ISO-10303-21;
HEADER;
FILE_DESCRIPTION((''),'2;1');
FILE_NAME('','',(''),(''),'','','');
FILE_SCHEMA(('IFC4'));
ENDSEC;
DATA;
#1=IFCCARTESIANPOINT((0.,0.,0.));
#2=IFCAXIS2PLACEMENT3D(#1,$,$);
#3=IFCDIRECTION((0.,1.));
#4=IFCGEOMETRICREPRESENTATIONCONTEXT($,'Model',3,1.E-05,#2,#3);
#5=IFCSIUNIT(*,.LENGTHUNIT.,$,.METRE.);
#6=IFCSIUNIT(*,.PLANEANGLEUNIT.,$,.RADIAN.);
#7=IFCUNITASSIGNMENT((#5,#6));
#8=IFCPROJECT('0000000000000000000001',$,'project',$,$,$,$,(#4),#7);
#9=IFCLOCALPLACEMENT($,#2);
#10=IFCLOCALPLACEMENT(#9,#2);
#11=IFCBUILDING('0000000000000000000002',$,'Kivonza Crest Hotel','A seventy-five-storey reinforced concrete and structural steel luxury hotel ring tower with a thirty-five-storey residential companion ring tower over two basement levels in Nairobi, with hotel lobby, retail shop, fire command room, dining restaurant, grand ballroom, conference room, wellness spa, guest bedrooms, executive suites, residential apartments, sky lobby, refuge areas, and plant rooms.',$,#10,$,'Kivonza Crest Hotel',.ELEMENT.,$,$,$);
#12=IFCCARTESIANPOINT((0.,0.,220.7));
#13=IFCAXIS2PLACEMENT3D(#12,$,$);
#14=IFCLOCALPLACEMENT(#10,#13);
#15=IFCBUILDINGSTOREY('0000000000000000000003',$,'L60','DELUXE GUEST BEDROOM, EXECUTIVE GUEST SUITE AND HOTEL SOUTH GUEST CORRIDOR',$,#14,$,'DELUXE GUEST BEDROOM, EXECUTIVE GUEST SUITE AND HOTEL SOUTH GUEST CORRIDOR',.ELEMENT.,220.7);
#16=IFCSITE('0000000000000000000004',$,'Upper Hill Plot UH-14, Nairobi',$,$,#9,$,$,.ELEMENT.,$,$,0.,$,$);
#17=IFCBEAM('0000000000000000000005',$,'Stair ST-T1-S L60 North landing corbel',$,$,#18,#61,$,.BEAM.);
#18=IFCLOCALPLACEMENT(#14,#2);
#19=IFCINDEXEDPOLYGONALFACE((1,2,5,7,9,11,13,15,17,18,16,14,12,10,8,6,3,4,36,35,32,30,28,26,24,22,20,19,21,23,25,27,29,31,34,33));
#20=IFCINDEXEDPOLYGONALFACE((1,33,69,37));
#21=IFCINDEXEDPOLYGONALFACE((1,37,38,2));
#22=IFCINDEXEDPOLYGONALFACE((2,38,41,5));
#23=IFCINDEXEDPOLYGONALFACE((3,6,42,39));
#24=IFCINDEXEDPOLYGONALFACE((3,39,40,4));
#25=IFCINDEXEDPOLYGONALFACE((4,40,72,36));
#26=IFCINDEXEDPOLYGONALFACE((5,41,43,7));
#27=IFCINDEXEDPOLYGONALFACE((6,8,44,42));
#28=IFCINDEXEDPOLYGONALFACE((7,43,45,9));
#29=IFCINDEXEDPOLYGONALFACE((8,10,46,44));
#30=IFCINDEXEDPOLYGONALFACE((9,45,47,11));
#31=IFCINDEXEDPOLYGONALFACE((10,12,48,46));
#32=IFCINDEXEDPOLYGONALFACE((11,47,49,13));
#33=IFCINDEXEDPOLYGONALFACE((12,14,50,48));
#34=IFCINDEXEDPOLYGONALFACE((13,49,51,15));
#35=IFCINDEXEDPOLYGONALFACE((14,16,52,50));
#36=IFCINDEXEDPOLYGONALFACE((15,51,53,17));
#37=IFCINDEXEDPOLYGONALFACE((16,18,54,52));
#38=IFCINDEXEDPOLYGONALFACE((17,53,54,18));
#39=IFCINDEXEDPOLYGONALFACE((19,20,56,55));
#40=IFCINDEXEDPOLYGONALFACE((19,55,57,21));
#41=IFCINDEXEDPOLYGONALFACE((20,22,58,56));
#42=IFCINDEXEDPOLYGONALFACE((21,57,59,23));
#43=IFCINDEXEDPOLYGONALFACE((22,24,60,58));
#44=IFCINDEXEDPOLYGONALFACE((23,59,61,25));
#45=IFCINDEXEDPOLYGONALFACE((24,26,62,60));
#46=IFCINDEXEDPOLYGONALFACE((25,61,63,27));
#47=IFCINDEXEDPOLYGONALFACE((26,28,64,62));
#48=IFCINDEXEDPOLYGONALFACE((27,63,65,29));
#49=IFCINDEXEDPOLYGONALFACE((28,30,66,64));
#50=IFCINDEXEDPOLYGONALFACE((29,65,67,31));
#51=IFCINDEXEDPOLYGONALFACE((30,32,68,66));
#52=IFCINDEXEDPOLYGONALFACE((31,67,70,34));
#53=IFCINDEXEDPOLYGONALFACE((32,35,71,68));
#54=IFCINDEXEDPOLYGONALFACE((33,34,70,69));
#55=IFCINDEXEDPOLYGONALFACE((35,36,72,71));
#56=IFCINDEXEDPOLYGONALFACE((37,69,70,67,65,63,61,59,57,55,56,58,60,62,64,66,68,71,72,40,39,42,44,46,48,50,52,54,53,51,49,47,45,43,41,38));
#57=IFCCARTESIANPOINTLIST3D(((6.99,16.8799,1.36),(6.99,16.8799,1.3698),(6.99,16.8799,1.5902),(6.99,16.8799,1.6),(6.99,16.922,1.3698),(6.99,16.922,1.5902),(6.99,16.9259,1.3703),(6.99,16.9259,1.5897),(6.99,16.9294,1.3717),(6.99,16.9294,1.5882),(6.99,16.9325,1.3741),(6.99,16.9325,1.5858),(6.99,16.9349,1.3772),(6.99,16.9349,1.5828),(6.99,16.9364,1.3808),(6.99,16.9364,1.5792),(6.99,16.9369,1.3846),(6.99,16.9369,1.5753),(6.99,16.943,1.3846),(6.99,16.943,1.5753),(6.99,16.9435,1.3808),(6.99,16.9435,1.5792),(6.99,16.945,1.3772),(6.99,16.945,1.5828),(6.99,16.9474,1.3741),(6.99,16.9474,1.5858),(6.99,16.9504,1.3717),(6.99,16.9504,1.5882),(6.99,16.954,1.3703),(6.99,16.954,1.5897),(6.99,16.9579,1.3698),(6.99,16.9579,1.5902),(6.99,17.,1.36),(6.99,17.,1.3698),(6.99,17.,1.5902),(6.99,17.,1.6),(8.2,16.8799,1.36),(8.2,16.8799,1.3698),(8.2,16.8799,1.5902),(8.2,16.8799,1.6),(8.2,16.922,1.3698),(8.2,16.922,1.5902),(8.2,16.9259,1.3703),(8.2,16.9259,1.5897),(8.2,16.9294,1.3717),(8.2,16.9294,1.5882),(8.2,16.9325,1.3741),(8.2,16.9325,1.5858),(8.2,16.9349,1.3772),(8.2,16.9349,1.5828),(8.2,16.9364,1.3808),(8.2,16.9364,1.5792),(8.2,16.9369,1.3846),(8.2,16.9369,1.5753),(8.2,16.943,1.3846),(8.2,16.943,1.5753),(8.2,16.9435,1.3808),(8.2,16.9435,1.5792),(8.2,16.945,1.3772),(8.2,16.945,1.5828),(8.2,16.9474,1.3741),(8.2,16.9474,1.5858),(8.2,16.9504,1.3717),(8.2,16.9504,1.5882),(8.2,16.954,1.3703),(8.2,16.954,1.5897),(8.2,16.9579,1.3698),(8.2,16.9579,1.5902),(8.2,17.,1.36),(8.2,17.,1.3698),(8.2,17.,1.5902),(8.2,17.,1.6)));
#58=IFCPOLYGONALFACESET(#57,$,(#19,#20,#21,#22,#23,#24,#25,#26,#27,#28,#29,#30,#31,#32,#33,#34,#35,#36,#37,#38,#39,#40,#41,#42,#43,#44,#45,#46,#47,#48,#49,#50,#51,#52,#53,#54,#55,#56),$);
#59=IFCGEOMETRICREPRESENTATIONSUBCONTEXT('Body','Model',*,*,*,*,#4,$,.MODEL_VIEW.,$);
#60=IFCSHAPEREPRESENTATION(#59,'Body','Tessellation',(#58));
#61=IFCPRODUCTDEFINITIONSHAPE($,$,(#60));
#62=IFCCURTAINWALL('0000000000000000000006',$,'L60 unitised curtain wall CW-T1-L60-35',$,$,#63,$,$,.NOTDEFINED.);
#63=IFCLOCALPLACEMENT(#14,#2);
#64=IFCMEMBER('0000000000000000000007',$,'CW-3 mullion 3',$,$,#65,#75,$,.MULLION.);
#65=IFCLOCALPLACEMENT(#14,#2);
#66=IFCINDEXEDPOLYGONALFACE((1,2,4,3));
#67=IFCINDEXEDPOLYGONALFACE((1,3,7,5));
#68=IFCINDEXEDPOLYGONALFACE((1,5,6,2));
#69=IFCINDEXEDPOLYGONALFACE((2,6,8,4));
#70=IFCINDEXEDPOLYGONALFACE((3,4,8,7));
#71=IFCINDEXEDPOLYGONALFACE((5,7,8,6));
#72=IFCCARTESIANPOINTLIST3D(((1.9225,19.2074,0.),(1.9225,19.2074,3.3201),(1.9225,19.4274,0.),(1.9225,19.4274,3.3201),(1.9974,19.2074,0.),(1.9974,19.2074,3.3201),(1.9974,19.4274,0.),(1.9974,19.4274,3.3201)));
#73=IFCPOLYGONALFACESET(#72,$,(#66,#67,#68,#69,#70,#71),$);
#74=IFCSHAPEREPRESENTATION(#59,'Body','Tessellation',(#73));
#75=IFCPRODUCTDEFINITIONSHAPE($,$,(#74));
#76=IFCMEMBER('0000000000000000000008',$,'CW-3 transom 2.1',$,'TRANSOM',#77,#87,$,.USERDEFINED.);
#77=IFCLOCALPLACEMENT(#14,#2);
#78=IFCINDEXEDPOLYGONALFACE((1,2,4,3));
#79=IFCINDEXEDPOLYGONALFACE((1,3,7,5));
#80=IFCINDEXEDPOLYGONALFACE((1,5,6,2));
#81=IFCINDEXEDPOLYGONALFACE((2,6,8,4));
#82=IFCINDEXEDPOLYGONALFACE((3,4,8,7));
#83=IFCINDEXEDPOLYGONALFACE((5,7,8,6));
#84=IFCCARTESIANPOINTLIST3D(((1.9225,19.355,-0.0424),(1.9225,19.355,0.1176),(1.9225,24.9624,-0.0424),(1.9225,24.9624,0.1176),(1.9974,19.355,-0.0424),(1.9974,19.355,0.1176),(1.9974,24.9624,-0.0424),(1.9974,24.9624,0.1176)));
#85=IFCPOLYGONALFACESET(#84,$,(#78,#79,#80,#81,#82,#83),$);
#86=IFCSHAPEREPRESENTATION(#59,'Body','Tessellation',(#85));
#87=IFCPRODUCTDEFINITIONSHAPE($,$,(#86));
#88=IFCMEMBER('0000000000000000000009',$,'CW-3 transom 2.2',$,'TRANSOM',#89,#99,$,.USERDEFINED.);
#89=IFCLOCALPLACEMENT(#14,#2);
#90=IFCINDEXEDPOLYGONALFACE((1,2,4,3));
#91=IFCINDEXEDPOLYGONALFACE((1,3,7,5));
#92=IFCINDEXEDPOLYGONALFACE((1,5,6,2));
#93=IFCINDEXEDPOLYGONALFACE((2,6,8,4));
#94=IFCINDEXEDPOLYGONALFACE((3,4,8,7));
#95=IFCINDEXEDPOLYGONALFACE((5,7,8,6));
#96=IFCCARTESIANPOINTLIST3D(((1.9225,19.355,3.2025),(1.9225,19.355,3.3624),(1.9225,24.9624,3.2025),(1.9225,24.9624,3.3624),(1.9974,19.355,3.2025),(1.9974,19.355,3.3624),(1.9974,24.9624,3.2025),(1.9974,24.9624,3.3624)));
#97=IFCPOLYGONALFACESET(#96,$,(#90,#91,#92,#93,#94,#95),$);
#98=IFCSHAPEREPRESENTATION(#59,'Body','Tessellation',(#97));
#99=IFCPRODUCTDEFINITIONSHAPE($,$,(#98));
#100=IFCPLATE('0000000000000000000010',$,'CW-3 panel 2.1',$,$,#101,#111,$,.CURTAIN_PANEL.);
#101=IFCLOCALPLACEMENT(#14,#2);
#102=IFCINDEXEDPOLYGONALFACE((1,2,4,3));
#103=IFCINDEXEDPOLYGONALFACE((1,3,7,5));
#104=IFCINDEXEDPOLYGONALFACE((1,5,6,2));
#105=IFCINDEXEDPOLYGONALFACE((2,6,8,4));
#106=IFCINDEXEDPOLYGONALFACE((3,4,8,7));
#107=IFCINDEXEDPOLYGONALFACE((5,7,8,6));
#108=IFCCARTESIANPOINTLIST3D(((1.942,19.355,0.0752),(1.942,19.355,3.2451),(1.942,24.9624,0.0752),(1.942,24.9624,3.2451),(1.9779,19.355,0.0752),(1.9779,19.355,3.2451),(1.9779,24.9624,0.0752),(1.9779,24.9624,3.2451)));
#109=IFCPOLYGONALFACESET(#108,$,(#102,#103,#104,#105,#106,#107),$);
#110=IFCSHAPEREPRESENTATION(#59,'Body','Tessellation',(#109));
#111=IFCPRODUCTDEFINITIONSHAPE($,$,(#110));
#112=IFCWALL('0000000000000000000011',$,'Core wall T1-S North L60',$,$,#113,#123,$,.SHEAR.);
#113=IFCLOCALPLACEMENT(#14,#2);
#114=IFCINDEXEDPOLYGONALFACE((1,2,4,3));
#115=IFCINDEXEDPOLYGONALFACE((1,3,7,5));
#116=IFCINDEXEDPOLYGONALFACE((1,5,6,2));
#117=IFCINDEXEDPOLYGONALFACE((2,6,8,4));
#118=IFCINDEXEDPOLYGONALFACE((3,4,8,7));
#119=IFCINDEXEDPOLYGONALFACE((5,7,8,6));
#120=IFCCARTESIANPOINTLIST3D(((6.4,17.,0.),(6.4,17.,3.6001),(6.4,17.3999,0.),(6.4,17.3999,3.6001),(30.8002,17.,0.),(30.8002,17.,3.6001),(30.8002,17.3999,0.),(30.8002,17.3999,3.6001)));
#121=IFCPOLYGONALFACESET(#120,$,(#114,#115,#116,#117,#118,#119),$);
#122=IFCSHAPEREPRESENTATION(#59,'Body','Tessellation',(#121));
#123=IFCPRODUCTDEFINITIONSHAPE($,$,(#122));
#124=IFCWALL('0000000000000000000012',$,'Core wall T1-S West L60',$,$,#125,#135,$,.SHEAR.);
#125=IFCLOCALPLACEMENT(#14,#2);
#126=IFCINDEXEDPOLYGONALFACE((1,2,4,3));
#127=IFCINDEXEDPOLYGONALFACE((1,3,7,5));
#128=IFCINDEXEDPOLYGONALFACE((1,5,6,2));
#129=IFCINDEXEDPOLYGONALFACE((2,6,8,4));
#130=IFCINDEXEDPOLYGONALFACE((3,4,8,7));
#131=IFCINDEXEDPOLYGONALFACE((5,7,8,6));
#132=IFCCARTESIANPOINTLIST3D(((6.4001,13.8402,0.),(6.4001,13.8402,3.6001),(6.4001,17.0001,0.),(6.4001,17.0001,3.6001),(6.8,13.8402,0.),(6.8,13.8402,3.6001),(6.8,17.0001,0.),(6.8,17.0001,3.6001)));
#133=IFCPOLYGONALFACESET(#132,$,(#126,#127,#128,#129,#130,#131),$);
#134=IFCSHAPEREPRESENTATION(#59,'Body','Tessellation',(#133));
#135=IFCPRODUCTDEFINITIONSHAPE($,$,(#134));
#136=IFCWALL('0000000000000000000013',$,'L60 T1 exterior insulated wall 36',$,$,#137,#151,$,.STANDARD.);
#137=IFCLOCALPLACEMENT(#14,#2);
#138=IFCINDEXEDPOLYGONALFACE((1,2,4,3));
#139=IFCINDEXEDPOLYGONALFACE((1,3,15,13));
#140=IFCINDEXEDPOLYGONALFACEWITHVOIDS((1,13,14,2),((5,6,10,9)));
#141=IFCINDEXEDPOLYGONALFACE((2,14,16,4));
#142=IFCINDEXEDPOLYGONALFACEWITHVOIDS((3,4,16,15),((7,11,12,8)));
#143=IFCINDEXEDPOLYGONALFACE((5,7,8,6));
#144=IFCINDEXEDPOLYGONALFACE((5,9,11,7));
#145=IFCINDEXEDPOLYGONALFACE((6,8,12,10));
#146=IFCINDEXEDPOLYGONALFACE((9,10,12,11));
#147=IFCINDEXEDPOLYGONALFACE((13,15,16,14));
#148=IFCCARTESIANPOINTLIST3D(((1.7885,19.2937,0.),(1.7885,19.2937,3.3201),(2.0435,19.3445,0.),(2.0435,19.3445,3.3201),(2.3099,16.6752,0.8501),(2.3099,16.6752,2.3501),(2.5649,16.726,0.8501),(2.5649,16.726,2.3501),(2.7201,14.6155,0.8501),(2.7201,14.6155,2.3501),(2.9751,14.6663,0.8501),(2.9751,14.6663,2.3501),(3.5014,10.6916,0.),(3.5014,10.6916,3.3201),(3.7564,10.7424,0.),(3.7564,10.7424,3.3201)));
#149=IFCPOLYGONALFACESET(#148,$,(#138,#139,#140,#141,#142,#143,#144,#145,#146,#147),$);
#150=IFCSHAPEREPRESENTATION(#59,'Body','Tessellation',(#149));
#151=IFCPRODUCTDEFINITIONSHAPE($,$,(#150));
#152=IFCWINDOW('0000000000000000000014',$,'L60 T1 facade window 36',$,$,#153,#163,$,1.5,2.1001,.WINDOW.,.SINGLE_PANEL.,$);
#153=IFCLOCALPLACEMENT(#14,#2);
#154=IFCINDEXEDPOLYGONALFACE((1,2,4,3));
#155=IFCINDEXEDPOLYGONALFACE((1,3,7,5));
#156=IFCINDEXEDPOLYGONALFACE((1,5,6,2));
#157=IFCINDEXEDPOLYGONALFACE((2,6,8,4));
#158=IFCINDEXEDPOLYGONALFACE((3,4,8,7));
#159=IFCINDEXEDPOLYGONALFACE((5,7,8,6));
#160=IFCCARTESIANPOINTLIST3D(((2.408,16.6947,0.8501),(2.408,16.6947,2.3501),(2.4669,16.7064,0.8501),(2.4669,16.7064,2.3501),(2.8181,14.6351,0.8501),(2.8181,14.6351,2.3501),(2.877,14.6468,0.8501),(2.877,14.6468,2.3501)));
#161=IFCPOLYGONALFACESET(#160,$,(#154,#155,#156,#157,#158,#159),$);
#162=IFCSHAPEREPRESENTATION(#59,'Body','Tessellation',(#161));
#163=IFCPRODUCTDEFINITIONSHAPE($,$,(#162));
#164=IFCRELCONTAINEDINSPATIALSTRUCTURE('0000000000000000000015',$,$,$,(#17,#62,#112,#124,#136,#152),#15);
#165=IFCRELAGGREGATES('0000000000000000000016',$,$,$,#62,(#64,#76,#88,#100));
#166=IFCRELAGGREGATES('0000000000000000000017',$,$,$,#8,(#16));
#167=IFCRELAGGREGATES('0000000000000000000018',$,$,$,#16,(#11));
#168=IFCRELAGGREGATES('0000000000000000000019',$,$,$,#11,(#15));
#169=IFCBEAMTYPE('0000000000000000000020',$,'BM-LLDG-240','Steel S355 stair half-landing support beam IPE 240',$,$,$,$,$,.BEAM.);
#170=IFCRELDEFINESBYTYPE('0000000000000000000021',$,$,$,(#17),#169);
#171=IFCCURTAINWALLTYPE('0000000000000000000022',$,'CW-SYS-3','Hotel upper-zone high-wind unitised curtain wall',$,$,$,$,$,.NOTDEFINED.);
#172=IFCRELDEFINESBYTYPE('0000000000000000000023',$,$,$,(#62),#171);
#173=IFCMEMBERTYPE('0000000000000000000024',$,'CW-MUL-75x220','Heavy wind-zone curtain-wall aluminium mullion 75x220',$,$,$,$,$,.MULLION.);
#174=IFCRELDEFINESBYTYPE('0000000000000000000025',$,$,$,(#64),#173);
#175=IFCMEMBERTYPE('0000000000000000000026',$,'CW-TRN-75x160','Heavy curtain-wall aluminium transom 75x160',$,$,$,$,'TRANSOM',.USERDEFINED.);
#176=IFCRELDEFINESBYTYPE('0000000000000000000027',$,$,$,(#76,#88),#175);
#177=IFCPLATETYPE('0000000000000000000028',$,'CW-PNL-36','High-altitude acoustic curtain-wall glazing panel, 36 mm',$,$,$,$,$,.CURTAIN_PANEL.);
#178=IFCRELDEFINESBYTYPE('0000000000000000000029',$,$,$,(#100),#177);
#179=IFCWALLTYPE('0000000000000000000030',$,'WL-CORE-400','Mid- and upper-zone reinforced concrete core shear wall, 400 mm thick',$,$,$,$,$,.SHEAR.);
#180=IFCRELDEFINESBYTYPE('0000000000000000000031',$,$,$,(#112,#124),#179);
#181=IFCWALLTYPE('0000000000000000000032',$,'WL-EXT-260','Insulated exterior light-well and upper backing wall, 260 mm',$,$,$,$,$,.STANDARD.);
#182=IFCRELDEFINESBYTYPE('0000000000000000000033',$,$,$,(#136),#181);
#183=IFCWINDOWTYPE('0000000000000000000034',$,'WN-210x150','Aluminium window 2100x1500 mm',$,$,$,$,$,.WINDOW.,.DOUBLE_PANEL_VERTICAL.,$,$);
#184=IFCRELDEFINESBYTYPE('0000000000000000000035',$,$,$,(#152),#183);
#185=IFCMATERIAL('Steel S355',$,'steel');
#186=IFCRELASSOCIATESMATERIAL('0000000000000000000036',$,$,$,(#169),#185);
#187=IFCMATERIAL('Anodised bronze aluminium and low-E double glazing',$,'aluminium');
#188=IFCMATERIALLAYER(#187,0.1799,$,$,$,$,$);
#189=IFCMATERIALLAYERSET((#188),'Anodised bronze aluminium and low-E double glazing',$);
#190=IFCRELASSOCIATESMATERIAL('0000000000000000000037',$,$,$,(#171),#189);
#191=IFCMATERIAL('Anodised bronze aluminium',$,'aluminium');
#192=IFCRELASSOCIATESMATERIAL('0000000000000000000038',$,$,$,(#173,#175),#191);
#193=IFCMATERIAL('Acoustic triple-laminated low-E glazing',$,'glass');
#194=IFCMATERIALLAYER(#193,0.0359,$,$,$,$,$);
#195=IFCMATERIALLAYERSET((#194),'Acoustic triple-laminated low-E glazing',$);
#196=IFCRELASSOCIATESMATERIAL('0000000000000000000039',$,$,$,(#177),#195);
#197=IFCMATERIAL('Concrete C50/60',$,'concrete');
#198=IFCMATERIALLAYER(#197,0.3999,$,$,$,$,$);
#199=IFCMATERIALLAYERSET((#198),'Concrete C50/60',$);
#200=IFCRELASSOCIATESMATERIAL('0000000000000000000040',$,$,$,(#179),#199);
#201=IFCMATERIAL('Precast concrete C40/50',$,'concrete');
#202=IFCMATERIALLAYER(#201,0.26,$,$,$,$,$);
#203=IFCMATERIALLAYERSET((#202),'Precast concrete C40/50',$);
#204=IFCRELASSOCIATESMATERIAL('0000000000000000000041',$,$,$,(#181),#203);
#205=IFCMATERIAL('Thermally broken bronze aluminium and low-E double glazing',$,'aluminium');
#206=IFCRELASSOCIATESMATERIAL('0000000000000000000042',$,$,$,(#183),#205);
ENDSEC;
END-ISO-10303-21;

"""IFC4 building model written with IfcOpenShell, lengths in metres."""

from ifc_helpers import new_model, si_unit, direction, frame, frame_2d, origin, origin_2d, place, context, subcontext, project, spatial, rectangle, i_section, extrude, material, layer, layer_set, material_profile, profile_set, type_object, element, fill, aggregate, save


model = new_model("IFC4")

# Units and contexts
model_context = context("Model", 3, precision=1e-05, world=origin(), true_north=direction((0.0, 1.0)))
body_context = subcontext(model_context, "Body", "Model", "MODEL_VIEW")
ifc_project = project(units=[si_unit("LENGTHUNIT", "METRE"), si_unit("PLANEANGLEUNIT", "RADIAN")], contexts=[model_context])

# Site, building, storey
site_placement = place(None, origin())
site = spatial("IfcSite", under=ifc_project, at=site_placement, Name="Upper Hill Plot UH-14, Nairobi", CompositionType="ELEMENT", RefElevation=0.0)
building_placement = place(site_placement, origin())
building = spatial("IfcBuilding", under=site, at=building_placement, Name="Kivonza Crest Hotel", Description="A seventy-five-storey reinforced concrete and structural steel luxury hotel ring tower with a thirty-five-storey residential companion ring tower over two basement levels in Nairobi, with hotel lobby, retail shop, fire command room, dining restaurant, grand ballroom, conference room, wellness spa, guest bedrooms, executive suites, residential apartments, sky lobby, refuge areas, and plant rooms.", LongName="Kivonza Crest Hotel", CompositionType="ELEMENT")
storey_placement = place(building_placement, frame((0.0, 0.0, 220.7)))
storey = spatial("IfcBuildingStorey", under=building, at=storey_placement, Name="L60", Description="DELUXE GUEST BEDROOM, EXECUTIVE GUEST SUITE AND HOTEL SOUTH GUEST CORRIDOR", LongName="DELUXE GUEST BEDROOM, EXECUTIVE GUEST SUITE AND HOTEL SOUTH GUEST CORRIDOR", CompositionType="ELEMENT", Elevation=220.7)

# Shared definitions
ifc_material_1 = material(Name="Concrete C50/60", Category="concrete")

# Beam
ifc_material_2 = material(Name="Steel S355", Category="steel")
ifc_material_profile_1 = material_profile(ifc_material_2, i_section(OverallWidth=0.1201, OverallDepth=0.24, WebThickness=0.0061, FlangeThickness=0.0098, FilletRadius=0.0149, at=origin_2d()), Name="IPE 240")
ifc_profile_set_1 = profile_set([ifc_material_profile_1], Name="Steel S355")
beam_type_1 = type_object("IfcBeamType", Name="BM-LLDG-240", Description="Steel S355 stair half-landing support beam IPE 240", PredefinedType="BEAM", material=ifc_profile_set_1)
for number, where, z_axis, x_axis, name in (
    (1, (6.99, 16.9399, 1.48), (1.0, 0.0, 0.0), (0.0, 1.0, 0.0), "Stair ST-T1-S L60 North landing corbel"),
):
    element("IfcBeam", number, at=place(storey_placement, frame(where, z_axis=z_axis, x_axis=x_axis)), inside=storey, type_object=beam_type_1, Name=name, PredefinedType="BEAM", context=body_context, shape_type="SweptSolid", body=[
        extrude(i_section(OverallWidth=0.1201, OverallDepth=0.24, WebThickness=0.0061, FlangeThickness=0.0098, FilletRadius=0.0149, at=origin_2d()), origin(), (0.0, 0.0, 1.0), 1.21),
    ])

# Curtain wall, members, plate
ifc_material_3 = material(Name="Anodised bronze aluminium and low-E double glazing", Category="aluminium")
ifc_layer_1 = layer(ifc_material_3, 0.1799)
ifc_layer_set_1 = layer_set([ifc_layer_1], Name="Anodised bronze aluminium and low-E double glazing")
curtain_wall_type = type_object("IfcCurtainWallType", Name="CW-SYS-3", Description="Hotel upper-zone high-wind unitised curtain wall", PredefinedType="NOTDEFINED", material=ifc_layer_set_1)
curtain_wall_placement = place(storey_placement, origin())
curtain_wall = element("IfcCurtainWall", 2, at=curtain_wall_placement, inside=storey, type_object=curtain_wall_type, Name="L60 unitised curtain wall CW-T1-L60-35", PredefinedType="NOTDEFINED")
ifc_material_4 = material(Name="Anodised bronze aluminium", Category="aluminium")
ifc_material_profile_2 = material_profile(ifc_material_4, rectangle(XDim=0.075, YDim=0.22, at=origin_2d()), Name="CW-M 75x220")
ifc_profile_set_2 = profile_set([ifc_material_profile_2], Name="Anodised bronze aluminium")
member_type_1 = type_object("IfcMemberType", Name="CW-MUL-75x220", Description="Heavy wind-zone curtain-wall aluminium mullion 75x220", PredefinedType="MULLION", material=ifc_profile_set_2)
member_1_placement = place(storey_placement, frame((1.96, 19.3174, 0.0), z_axis=(0.0, 0.0, 1.0), x_axis=(1.0, 0.0, 0.0)))
member_1 = element("IfcMember", 3, at=member_1_placement, type_object=member_type_1, Name="CW-3 mullion 3", PredefinedType="MULLION", context=body_context, shape_type="SweptSolid", body=[
    extrude(rectangle(XDim=0.075, YDim=0.22, at=origin_2d()), origin(), (0.0, 0.0, 1.0), 3.3201),
])
ifc_material_profile_3 = material_profile(ifc_material_4, rectangle(XDim=0.075, YDim=0.1599, at=origin_2d()), Name="CW-T 75x160")
ifc_profile_set_3 = profile_set([ifc_material_profile_3], Name="Anodised bronze aluminium")
member_type_2 = type_object("IfcMemberType", Name="CW-TRN-75x160", Description="Heavy curtain-wall aluminium transom 75x160", ElementType="TRANSOM", PredefinedType="USERDEFINED", material=ifc_profile_set_3)
member_2_placement = place(storey_placement, frame((1.96, 24.9624, 0.0376), z_axis=(0.0, -1.0, 0.0), x_axis=(1.0, 0.0, 0.0)))
member_2 = element("IfcMember", 4, at=member_2_placement, type_object=member_type_2, Name="CW-3 transom 2.1", ObjectType="TRANSOM", PredefinedType="USERDEFINED", context=body_context, shape_type="SweptSolid", body=[
    extrude(rectangle(XDim=0.075, YDim=0.1599, at=origin_2d()), origin(), (0.0, 0.0, 1.0), 5.6074),
])
member_3_placement = place(storey_placement, frame((1.96, 24.9624, 3.2825), z_axis=(0.0, -1.0, 0.0), x_axis=(1.0, 0.0, 0.0)))
member_3 = element("IfcMember", 5, at=member_3_placement, type_object=member_type_2, Name="CW-3 transom 2.2", ObjectType="TRANSOM", PredefinedType="USERDEFINED", context=body_context, shape_type="SweptSolid", body=[
    extrude(rectangle(XDim=0.075, YDim=0.1599, at=origin_2d()), origin(), (0.0, 0.0, 1.0), 5.6074),
])
ifc_material_5 = material(Name="Acoustic triple-laminated low-E glazing", Category="glass")
ifc_layer_2 = layer(ifc_material_5, 0.0359)
ifc_layer_set_2 = layer_set([ifc_layer_2], Name="Acoustic triple-laminated low-E glazing")
plate_type = type_object("IfcPlateType", Name="CW-PNL-36", Description="High-altitude acoustic curtain-wall glazing panel, 36 mm", PredefinedType="CURTAIN_PANEL", material=ifc_layer_set_2)
plate_placement = place(storey_placement, frame((1.96, 22.1587, 0.0752), z_axis=(0.0, 0.0, 1.0), x_axis=(0.0, -1.0, 0.0)))
plate = element("IfcPlate", 6, at=plate_placement, type_object=plate_type, Name="CW-3 panel 2.1", PredefinedType="CURTAIN_PANEL", context=body_context, shape_type="SweptSolid", body=[
    extrude(rectangle(XDim=5.6074, YDim=0.0359, at=origin_2d()), origin(), (0.0, 0.0, 1.0), 3.1699),
])
aggregate(curtain_wall, [member_1, member_2, member_3, plate])

# Walls
ifc_layer_3 = layer(ifc_material_1, 0.3999)
ifc_layer_set_3 = layer_set([ifc_layer_3], Name="Concrete C50/60")
wall_type_1 = type_object("IfcWallType", Name="WL-CORE-400", Description="Mid- and upper-zone reinforced concrete core shear wall, 400 mm thick", PredefinedType="SHEAR", material=ifc_layer_set_3)
wall_1_placement = place(storey_placement, frame((6.3999, 17.2, 0.0), z_axis=(0.0, 0.0, 1.0), x_axis=(1.0, 0.0, 0.0)))
element("IfcWall", 7, at=wall_1_placement, inside=storey, type_object=wall_type_1, Name="Core wall T1-S North L60", PredefinedType="SHEAR", context=body_context, shape_type="SweptSolid", body=[
    extrude(rectangle(XDim=24.4001, YDim=0.3999, at=frame_2d((12.2002, 0.0))), origin(), (0.0, 0.0, 1.0), 3.6001),
])
wall_2_placement = place(storey_placement, frame((6.6001, 13.8401, 0.0), z_axis=(0.0, 0.0, 1.0), x_axis=(0.0, 1.0, 0.0)))
element("IfcWall", 8, at=wall_2_placement, inside=storey, type_object=wall_type_1, Name="Core wall T1-S West L60", PredefinedType="SHEAR", context=body_context, shape_type="SweptSolid", body=[
    extrude(rectangle(XDim=3.1599, YDim=0.3999, at=frame_2d((1.5801, 0.0))), origin(), (0.0, 0.0, 1.0), 3.6001),
])

# Wall, opening, window
ifc_material_6 = material(Name="Precast concrete C40/50", Category="concrete")
ifc_layer_4 = layer(ifc_material_6, 0.26)
ifc_layer_set_4 = layer_set([ifc_layer_4], Name="Precast concrete C40/50")
wall_type_2 = type_object("IfcWallType", Name="WL-EXT-260", Description="Insulated exterior light-well and upper backing wall, 260 mm", PredefinedType="STANDARD", material=ifc_layer_set_4)
wall_3_placement = place(storey_placement, frame((1.916, 19.3191, 0.0), z_axis=(0.0, 0.0, 1.0), x_axis=(0.195292, -0.980745, 0.0)))
wall_3 = element("IfcWall", 9, at=wall_3_placement, inside=storey, type_object=wall_type_2, Name="L60 T1 exterior insulated wall 36", PredefinedType="STANDARD", context=body_context, shape_type="SweptSolid", body=[
    extrude(rectangle(XDim=8.771, YDim=0.26, at=frame_2d((4.3855, 0.0))), origin(), (0.0, 0.0, 1.0), 3.3201),
])
opening_1_placement = place(wall_3_placement, frame((2.6699, 0.0, 0.8501)))
opening_1 = element("IfcOpeningElement", 10, at=opening_1_placement, cuts=wall_3, PredefinedType="OPENING", context=body_context, shape_type="SweptSolid", body=[
    extrude(rectangle(XDim=2.1001, YDim=1.5, at=frame_2d((1.05, 0.75))), frame((0.0, 0.1401, 0.0), z_axis=(0.0, -1.0, 0.0), x_axis=(1.0, 0.0, 0.0)), (0.0, 0.0, 1.0), 0.28),
])
ifc_material_7 = material(Name="Thermally broken bronze aluminium and low-E double glazing", Category="aluminium")
window_type = type_object("IfcWindowType", Name="WN-210x150", Description="Aluminium window 2100x1500 mm", PartitioningType="DOUBLE_PANEL_VERTICAL", PredefinedType="WINDOW", material=ifc_material_7)
window_placement = place(opening_1_placement, origin())
window = element("IfcWindow", 11, at=window_placement, inside=storey, type_object=window_type, Name="L60 T1 facade window 36", OverallHeight=1.5, OverallWidth=2.1001, PartitioningType="SINGLE_PANEL", PredefinedType="WINDOW", context=body_context, shape_type="SweptSolid", body=[
    extrude(rectangle(XDim=2.1001, YDim=1.5, at=frame_2d((1.05, 0.75))), frame((0.0, 0.03, 0.0), z_axis=(0.0, -1.0, 0.0), x_axis=(1.0, 0.0, 0.0)), (0.0, 0.0, 1.0), 0.0601),
])
fill(opening_1, window)

save(model, "model.ifc")
